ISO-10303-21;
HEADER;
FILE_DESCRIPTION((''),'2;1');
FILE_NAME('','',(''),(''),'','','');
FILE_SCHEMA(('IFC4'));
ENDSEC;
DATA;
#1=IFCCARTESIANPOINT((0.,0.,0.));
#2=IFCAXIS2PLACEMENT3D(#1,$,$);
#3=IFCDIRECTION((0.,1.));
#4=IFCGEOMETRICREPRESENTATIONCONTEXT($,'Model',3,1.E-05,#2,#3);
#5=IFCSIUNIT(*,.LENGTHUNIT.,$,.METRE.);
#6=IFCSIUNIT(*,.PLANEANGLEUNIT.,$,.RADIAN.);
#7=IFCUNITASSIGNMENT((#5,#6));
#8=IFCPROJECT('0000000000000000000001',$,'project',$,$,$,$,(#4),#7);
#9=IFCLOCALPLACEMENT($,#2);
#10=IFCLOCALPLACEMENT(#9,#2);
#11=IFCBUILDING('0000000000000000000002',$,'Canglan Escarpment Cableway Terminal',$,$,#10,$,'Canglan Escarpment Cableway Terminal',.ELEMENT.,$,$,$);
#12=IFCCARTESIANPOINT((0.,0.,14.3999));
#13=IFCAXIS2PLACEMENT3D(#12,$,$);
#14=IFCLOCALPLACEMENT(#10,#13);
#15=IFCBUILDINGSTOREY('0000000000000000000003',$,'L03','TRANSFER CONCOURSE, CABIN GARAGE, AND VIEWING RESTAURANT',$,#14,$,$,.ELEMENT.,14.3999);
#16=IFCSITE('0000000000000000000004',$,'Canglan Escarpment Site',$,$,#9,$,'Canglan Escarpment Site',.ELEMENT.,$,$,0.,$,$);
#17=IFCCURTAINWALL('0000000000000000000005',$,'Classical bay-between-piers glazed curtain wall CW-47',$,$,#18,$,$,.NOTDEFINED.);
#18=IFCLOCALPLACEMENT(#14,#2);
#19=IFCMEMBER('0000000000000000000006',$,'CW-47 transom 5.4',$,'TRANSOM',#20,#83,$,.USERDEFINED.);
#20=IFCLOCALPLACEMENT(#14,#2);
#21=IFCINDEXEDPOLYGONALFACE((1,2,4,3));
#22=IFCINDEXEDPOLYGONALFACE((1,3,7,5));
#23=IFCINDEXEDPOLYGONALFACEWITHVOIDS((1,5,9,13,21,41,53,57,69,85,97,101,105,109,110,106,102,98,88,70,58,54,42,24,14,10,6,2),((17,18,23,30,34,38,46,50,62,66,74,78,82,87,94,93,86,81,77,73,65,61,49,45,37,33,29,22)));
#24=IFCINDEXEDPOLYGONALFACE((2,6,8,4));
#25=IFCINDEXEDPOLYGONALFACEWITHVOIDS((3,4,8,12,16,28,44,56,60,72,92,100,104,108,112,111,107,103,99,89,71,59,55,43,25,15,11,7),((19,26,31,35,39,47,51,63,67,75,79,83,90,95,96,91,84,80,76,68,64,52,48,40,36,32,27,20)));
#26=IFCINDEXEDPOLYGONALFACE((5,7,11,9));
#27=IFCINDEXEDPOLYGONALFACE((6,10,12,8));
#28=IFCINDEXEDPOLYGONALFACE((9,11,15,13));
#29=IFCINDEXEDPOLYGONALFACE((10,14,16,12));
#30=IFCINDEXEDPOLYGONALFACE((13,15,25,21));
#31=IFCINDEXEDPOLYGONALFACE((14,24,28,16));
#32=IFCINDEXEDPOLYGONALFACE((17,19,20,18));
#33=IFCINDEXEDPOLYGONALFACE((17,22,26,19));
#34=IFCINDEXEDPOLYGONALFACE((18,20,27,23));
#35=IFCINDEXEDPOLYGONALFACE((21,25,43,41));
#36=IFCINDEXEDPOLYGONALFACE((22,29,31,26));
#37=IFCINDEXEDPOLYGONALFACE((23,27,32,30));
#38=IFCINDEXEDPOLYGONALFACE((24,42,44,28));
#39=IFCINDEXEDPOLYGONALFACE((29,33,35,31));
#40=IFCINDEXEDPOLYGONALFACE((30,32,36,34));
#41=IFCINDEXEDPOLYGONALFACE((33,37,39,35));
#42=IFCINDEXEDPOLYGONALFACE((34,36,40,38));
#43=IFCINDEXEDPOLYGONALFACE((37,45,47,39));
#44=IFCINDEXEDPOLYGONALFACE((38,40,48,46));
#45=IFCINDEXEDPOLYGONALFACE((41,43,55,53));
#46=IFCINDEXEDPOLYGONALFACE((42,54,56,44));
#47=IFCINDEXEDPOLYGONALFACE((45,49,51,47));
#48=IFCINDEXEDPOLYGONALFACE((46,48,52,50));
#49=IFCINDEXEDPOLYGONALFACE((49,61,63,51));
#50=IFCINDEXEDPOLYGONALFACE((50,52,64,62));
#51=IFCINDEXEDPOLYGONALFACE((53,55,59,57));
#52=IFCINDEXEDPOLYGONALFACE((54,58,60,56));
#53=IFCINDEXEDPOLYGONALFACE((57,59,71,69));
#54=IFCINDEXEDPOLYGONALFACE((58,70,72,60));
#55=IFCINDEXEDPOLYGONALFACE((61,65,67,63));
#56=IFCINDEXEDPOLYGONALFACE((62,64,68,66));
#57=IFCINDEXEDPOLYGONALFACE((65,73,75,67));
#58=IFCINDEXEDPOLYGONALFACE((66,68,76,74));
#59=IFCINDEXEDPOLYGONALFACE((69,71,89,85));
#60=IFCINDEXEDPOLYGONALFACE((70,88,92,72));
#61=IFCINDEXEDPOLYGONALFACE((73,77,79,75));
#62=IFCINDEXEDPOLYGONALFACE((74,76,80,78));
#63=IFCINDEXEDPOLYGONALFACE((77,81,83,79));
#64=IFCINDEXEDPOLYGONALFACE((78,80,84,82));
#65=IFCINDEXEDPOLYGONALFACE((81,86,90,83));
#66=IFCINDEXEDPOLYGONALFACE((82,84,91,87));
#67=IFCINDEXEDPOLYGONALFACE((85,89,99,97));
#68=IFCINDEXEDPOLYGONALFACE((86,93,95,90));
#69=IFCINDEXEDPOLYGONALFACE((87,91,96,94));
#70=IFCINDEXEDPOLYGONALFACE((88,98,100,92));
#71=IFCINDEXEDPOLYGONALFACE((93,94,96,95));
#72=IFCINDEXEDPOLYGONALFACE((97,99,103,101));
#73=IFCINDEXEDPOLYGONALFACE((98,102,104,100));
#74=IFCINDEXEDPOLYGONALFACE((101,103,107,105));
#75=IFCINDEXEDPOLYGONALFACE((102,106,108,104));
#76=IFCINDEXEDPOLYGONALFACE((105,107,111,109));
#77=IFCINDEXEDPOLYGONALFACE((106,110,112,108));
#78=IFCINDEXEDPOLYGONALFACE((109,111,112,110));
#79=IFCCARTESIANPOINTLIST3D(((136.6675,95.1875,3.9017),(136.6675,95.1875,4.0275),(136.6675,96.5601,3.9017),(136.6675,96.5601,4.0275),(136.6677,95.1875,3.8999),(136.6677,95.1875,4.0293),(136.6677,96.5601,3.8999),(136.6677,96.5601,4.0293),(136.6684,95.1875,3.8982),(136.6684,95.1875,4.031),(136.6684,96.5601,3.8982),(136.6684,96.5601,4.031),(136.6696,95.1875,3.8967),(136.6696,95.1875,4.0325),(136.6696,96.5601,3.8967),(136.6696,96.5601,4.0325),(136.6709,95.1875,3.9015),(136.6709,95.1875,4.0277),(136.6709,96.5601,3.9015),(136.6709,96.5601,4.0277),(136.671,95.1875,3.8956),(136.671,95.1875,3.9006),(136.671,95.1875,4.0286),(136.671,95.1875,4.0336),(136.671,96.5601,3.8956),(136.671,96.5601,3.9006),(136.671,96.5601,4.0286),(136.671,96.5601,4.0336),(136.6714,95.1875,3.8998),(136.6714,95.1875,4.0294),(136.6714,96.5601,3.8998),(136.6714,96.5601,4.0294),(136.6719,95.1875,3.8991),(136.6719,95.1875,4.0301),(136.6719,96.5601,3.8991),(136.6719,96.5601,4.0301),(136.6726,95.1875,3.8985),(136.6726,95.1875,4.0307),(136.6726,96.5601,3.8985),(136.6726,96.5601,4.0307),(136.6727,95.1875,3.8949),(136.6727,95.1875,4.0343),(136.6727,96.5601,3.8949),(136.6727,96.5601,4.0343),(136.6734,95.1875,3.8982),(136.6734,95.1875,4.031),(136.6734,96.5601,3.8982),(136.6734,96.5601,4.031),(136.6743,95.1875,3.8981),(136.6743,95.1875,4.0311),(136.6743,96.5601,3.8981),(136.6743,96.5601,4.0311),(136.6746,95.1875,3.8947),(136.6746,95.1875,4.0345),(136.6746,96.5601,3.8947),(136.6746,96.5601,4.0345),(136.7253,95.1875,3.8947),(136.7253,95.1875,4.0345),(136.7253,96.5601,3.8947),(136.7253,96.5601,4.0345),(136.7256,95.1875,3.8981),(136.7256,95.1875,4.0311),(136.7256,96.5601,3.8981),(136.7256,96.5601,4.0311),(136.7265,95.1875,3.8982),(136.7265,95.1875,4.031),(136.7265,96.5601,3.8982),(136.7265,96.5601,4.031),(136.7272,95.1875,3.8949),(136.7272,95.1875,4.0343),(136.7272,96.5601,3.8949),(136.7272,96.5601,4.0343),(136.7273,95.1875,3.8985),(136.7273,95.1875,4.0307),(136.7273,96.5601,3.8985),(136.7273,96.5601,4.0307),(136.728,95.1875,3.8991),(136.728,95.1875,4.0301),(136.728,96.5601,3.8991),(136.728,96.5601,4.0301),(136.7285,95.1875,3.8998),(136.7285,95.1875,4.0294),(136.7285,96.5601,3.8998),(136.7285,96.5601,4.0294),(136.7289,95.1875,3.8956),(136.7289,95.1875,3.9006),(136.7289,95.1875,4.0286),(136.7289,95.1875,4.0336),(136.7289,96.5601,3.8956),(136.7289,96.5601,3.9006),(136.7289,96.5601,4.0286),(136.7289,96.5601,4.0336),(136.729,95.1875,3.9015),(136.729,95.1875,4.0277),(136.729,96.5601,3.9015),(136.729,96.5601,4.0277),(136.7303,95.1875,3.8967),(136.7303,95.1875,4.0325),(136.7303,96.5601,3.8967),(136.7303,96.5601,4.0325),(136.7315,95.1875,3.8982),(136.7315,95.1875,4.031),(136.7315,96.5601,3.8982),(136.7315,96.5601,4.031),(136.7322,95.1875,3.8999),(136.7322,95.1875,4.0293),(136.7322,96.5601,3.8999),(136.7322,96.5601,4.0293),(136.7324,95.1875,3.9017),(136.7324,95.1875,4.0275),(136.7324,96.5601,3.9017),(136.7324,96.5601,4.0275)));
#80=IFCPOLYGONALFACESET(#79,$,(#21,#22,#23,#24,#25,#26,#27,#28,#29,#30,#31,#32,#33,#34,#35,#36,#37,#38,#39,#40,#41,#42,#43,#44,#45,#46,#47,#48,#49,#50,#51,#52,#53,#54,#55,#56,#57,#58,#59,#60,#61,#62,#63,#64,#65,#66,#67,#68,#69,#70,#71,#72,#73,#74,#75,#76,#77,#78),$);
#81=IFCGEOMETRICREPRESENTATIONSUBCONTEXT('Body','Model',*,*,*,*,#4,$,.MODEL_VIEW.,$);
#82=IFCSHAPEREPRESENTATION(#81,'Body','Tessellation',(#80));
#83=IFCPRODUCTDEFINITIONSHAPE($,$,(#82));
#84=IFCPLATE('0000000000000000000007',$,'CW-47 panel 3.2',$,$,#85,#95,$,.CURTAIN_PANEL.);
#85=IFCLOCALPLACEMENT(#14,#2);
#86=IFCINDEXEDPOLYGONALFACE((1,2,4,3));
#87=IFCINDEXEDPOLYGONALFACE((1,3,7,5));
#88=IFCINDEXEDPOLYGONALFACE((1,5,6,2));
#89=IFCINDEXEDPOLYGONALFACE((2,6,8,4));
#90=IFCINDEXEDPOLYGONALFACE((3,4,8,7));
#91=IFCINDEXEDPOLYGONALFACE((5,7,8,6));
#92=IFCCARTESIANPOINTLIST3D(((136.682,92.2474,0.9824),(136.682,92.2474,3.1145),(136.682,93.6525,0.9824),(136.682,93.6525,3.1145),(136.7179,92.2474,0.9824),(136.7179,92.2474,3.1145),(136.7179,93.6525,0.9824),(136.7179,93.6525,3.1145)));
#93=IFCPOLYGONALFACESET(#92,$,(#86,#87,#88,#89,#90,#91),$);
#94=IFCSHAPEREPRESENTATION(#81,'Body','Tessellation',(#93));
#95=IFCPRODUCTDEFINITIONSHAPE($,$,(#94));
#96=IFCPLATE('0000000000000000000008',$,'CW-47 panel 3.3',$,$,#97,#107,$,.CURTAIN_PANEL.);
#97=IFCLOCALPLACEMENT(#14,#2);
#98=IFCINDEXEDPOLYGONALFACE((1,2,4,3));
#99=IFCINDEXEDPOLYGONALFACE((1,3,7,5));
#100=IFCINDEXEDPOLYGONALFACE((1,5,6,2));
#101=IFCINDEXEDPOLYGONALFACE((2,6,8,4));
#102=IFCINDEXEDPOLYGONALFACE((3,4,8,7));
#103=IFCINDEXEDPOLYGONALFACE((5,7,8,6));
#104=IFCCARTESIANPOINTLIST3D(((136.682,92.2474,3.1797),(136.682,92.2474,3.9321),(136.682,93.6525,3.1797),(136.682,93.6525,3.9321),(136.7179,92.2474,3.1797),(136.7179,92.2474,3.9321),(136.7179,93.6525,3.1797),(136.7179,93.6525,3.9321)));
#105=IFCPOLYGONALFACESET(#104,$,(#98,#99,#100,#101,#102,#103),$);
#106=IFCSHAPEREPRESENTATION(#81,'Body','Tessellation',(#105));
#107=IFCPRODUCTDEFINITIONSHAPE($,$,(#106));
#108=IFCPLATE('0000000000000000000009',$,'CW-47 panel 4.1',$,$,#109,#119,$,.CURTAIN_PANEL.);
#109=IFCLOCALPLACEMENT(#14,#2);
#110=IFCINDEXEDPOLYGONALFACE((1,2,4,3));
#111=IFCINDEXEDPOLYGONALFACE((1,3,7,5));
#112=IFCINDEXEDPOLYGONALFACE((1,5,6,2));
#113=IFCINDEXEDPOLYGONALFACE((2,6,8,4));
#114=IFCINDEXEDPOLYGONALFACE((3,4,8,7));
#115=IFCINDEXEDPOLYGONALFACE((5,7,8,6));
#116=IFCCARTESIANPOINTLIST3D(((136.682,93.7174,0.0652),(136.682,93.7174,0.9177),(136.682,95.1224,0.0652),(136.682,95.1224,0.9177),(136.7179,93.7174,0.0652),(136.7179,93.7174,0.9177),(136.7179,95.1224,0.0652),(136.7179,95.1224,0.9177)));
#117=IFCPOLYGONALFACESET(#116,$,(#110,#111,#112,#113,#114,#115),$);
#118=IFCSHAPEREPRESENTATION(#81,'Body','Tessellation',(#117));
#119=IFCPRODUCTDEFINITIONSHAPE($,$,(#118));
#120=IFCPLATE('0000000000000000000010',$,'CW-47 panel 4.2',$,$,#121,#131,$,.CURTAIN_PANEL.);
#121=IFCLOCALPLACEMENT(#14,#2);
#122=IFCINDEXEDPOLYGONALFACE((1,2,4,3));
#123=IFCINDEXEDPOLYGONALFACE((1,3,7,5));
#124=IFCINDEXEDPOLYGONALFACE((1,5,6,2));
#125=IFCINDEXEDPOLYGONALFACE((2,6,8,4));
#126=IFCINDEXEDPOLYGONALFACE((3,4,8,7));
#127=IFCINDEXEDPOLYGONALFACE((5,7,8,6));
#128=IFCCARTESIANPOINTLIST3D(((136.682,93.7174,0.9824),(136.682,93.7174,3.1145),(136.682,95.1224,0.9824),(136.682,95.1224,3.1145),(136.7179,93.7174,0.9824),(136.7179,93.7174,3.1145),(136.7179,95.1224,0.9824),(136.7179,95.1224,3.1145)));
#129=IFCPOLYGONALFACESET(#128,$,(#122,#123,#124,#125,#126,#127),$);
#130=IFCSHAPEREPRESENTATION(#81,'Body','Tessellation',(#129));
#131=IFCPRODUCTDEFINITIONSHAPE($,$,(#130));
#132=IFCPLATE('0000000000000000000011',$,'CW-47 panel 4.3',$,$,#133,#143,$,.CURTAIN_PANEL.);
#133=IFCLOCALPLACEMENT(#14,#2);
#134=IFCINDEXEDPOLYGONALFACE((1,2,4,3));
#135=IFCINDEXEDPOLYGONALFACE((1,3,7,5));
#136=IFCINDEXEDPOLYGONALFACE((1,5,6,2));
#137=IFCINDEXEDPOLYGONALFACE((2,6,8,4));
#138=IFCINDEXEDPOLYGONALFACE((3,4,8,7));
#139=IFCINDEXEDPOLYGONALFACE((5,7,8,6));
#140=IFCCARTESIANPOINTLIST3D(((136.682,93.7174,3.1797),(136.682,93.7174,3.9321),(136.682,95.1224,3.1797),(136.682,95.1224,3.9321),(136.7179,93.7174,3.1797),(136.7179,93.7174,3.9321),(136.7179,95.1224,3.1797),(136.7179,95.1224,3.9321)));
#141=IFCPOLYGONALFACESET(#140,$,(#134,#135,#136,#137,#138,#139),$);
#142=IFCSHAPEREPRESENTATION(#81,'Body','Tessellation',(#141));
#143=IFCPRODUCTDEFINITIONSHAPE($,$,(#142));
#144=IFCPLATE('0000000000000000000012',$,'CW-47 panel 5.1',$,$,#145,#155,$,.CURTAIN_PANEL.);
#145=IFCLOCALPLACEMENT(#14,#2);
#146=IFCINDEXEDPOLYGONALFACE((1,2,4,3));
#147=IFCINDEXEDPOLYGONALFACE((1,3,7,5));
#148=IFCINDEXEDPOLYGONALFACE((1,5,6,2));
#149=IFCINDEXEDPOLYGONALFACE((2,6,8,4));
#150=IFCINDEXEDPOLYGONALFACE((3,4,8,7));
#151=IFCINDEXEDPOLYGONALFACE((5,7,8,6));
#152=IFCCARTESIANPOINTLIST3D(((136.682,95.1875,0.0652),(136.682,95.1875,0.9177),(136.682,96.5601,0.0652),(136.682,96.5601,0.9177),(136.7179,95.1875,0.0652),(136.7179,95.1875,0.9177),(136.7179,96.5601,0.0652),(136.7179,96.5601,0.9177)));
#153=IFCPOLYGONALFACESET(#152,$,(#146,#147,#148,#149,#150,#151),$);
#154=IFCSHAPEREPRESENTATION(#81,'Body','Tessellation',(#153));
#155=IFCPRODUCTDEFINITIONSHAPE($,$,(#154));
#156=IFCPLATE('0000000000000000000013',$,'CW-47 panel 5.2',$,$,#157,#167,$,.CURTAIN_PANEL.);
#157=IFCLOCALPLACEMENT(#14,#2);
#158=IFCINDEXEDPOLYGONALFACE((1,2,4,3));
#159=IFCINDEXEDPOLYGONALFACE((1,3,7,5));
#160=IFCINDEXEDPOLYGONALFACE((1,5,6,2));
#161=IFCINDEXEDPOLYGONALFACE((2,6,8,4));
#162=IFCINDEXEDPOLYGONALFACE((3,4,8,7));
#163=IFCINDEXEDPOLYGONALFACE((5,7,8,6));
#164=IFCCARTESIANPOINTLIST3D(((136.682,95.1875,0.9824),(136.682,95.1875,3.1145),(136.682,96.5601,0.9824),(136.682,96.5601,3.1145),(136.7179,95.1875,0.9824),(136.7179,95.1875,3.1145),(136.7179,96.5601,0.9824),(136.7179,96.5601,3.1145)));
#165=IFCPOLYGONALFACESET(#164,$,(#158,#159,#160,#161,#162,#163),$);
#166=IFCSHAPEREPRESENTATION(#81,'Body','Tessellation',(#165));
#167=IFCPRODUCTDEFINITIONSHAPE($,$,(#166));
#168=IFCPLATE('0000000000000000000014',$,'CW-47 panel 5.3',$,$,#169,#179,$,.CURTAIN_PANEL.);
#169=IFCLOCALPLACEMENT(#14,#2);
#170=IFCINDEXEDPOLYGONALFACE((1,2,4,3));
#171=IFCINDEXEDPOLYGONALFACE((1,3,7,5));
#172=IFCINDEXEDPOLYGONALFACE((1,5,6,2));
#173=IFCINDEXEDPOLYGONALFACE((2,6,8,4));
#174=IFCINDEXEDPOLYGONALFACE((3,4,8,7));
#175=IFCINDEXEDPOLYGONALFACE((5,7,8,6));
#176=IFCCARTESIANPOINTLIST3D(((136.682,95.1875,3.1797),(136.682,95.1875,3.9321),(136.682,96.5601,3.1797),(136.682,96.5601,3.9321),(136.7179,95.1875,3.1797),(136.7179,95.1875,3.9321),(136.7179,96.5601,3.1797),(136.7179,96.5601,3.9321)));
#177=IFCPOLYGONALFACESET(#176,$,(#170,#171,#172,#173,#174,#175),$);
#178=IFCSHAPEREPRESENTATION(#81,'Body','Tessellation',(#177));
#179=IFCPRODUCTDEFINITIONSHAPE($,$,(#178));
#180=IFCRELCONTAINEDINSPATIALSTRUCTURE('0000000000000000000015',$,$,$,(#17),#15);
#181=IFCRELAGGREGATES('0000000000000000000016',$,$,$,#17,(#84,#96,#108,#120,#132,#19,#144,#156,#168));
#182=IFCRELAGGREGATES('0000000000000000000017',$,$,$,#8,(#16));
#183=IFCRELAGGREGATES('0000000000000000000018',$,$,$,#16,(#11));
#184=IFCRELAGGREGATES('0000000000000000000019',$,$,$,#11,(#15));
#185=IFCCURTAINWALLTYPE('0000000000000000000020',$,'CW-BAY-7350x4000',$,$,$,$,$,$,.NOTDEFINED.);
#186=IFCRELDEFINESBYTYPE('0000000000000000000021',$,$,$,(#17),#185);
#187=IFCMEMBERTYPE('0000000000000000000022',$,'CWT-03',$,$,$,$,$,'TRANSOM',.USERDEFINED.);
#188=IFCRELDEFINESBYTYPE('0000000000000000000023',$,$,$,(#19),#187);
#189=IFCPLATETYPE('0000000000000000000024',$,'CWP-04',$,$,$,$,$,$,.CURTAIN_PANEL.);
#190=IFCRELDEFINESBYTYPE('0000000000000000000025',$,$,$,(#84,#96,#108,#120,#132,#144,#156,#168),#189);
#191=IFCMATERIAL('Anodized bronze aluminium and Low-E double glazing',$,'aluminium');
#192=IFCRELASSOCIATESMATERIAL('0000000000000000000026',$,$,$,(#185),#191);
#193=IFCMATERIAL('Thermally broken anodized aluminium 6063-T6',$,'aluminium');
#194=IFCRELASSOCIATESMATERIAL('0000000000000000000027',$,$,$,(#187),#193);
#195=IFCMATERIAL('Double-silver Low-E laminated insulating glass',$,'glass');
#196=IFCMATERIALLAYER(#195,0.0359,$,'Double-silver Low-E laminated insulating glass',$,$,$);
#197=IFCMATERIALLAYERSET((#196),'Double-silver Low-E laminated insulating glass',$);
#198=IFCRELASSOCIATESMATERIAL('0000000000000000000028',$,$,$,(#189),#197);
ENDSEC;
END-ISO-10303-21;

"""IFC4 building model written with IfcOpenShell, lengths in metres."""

from ifc_helpers import new_model, si_unit, direction, frame, origin, origin_2d, place, context, subcontext, project, spatial, rectangle, hollow_rectangle, extrude, material, layer, layer_set, material_profile, profile_set, type_object, element, aggregate, save


model = new_model("IFC4")

# Units and contexts
model_context = context("Model", 3, precision=1e-05, world=origin(), true_north=direction((0.0, 1.0)))
body_context = subcontext(model_context, "Body", "Model", "MODEL_VIEW")
ifc_project = project(units=[si_unit("LENGTHUNIT", "METRE"), si_unit("PLANEANGLEUNIT", "RADIAN")], contexts=[model_context])

# Site, building, storey
site_placement = place(None, origin())
site = spatial("IfcSite", under=ifc_project, at=site_placement, Name="Canglan Escarpment Site", LongName="Canglan Escarpment Site", CompositionType="ELEMENT", RefElevation=0.0)
building_placement = place(site_placement, origin())
building = spatial("IfcBuilding", under=site, at=building_placement, Name="Canglan Escarpment Cableway Terminal", LongName="Canglan Escarpment Cableway Terminal", CompositionType="ELEMENT")
storey_placement = place(building_placement, frame((0.0, 0.0, 14.3999)))
storey = spatial("IfcBuildingStorey", under=building, at=storey_placement, Name="L03", Description="TRANSFER CONCOURSE, CABIN GARAGE, AND VIEWING RESTAURANT", CompositionType="ELEMENT", Elevation=14.3999)

# Shared definitions
ifc_material_1 = material(Name="Anodized bronze aluminium and Low-E double glazing", Category="aluminium")
ifc_material_2 = material(Name="Thermally broken anodized aluminium 6063-T6", Category="aluminium")

# Curtain wall
curtain_wall_type_1 = type_object("IfcCurtainWallType", Name="CW-BAY-7350x4000", PredefinedType="NOTDEFINED", material=ifc_material_1)
curtain_wall_1_placement = place(storey_placement, origin())
curtain_wall_1 = element("IfcCurtainWall", 1, at=curtain_wall_1_placement, inside=storey, type_object=curtain_wall_type_1, Name="Classical bay-between-piers glazed curtain wall CW-47", PredefinedType="NOTDEFINED")

# Member
ifc_material_profile_1 = material_profile(ifc_material_2, hollow_rectangle(XDim=0.0649, YDim=0.1399, WallThickness=0.0034, InnerFilletRadius=0.0034, OuterFilletRadius=0.0071, at=origin_2d()), Name="ALU-TRAN 65x140x3.5")
ifc_profile_set_1 = profile_set([ifc_material_profile_1], Name="Thermally broken anodized aluminium 6063-T6")
member_type_1 = type_object("IfcMemberType", Name="CWT-03", ElementType="TRANSOM", PredefinedType="USERDEFINED", material=ifc_profile_set_1)
member_1_placement = place(storey_placement, frame((136.7, 95.1875, 3.9646), z_axis=(0.0, 1.0, 0.0), x_axis=(-1.0, 0.0, 0.0)))
member_1 = element("IfcMember", 2, at=member_1_placement, type_object=member_type_1, Name="CW-47 transom 5.4", ObjectType="TRANSOM", PredefinedType="USERDEFINED", context=body_context, shape_type="SweptSolid", body=[
    extrude(hollow_rectangle(XDim=0.0649, YDim=0.1399, WallThickness=0.0034, InnerFilletRadius=0.0034, OuterFilletRadius=0.0071, at=origin_2d()), origin(), (0.0, 0.0, 1.0), 1.3726),
])

# Plates
ifc_material_3 = material(Name="Double-silver Low-E laminated insulating glass", Category="glass")
ifc_layer = layer(ifc_material_3, 0.0359, Name="Double-silver Low-E laminated insulating glass")
ifc_layer_set = layer_set([ifc_layer], Name="Double-silver Low-E laminated insulating glass")
plate_type = type_object("IfcPlateType", Name="CWP-04", PredefinedType="CURTAIN_PANEL", material=ifc_layer_set)
plate_1_placement = place(storey_placement, frame((136.7, 92.95, 0.9824), z_axis=(0.0, 0.0, 1.0), x_axis=(0.0, 1.0, 0.0)))
plate_1 = element("IfcPlate", 3, at=plate_1_placement, type_object=plate_type, Name="CW-47 panel 3.2", PredefinedType="CURTAIN_PANEL", context=body_context, shape_type="SweptSolid", body=[
    extrude(rectangle(XDim=1.405, YDim=0.0359, at=origin_2d()), origin(), (0.0, 0.0, 1.0), 2.1321),
])
plate_2_placement = place(storey_placement, frame((136.7, 92.95, 3.1797), z_axis=(0.0, 0.0, 1.0), x_axis=(0.0, 1.0, 0.0)))
plate_2 = element("IfcPlate", 4, at=plate_2_placement, type_object=plate_type, Name="CW-47 panel 3.3", PredefinedType="CURTAIN_PANEL", context=body_context, shape_type="SweptSolid", body=[
    extrude(rectangle(XDim=1.405, YDim=0.0359, at=origin_2d()), origin(), (0.0, 0.0, 1.0), 0.7524),
])
plate_3_placement = place(storey_placement, frame((136.7, 94.4199, 0.0652), z_axis=(0.0, 0.0, 1.0), x_axis=(0.0, 1.0, 0.0)))
plate_3 = element("IfcPlate", 5, at=plate_3_placement, type_object=plate_type, Name="CW-47 panel 4.1", PredefinedType="CURTAIN_PANEL", context=body_context, shape_type="SweptSolid", body=[
    extrude(rectangle(XDim=1.405, YDim=0.0359, at=origin_2d()), origin(), (0.0, 0.0, 1.0), 0.8525),
])
plate_4_placement = place(storey_placement, frame((136.7, 94.4199, 0.9824), z_axis=(0.0, 0.0, 1.0), x_axis=(0.0, 1.0, 0.0)))
plate_4 = element("IfcPlate", 6, at=plate_4_placement, type_object=plate_type, Name="CW-47 panel 4.2", PredefinedType="CURTAIN_PANEL", context=body_context, shape_type="SweptSolid", body=[
    extrude(rectangle(XDim=1.405, YDim=0.0359, at=origin_2d()), origin(), (0.0, 0.0, 1.0), 2.1321),
])
plate_5_placement = place(storey_placement, frame((136.7, 94.4199, 3.1797), z_axis=(0.0, 0.0, 1.0), x_axis=(0.0, 1.0, 0.0)))
plate_5 = element("IfcPlate", 7, at=plate_5_placement, type_object=plate_type, Name="CW-47 panel 4.3", PredefinedType="CURTAIN_PANEL", context=body_context, shape_type="SweptSolid", body=[
    extrude(rectangle(XDim=1.405, YDim=0.0359, at=origin_2d()), origin(), (0.0, 0.0, 1.0), 0.7524),
])
plate_6_placement = place(storey_placement, frame((136.7, 95.8738, 0.0652), z_axis=(0.0, 0.0, 1.0), x_axis=(0.0, 1.0, 0.0)))
plate_6 = element("IfcPlate", 8, at=plate_6_placement, type_object=plate_type, Name="CW-47 panel 5.1", PredefinedType="CURTAIN_PANEL", context=body_context, shape_type="SweptSolid", body=[
    extrude(rectangle(XDim=1.3726, YDim=0.0359, at=origin_2d()), origin(), (0.0, 0.0, 1.0), 0.8525),
])
plate_7_placement = place(storey_placement, frame((136.7, 95.8738, 0.9824), z_axis=(0.0, 0.0, 1.0), x_axis=(0.0, 1.0, 0.0)))
plate_7 = element("IfcPlate", 9, at=plate_7_placement, type_object=plate_type, Name="CW-47 panel 5.2", PredefinedType="CURTAIN_PANEL", context=body_context, shape_type="SweptSolid", body=[
    extrude(rectangle(XDim=1.3726, YDim=0.0359, at=origin_2d()), origin(), (0.0, 0.0, 1.0), 2.1321),
])
plate_8_placement = place(storey_placement, frame((136.7, 95.8738, 3.1797), z_axis=(0.0, 0.0, 1.0), x_axis=(0.0, 1.0, 0.0)))
plate_8 = element("IfcPlate", 10, at=plate_8_placement, type_object=plate_type, Name="CW-47 panel 5.3", PredefinedType="CURTAIN_PANEL", context=body_context, shape_type="SweptSolid", body=[
    extrude(rectangle(XDim=1.3726, YDim=0.0359, at=origin_2d()), origin(), (0.0, 0.0, 1.0), 0.7524),
])
aggregate(curtain_wall_1, [plate_1, plate_2, plate_3, plate_4, plate_5, member_1, plate_6, plate_7, plate_8])

save(model, "model.ifc")
